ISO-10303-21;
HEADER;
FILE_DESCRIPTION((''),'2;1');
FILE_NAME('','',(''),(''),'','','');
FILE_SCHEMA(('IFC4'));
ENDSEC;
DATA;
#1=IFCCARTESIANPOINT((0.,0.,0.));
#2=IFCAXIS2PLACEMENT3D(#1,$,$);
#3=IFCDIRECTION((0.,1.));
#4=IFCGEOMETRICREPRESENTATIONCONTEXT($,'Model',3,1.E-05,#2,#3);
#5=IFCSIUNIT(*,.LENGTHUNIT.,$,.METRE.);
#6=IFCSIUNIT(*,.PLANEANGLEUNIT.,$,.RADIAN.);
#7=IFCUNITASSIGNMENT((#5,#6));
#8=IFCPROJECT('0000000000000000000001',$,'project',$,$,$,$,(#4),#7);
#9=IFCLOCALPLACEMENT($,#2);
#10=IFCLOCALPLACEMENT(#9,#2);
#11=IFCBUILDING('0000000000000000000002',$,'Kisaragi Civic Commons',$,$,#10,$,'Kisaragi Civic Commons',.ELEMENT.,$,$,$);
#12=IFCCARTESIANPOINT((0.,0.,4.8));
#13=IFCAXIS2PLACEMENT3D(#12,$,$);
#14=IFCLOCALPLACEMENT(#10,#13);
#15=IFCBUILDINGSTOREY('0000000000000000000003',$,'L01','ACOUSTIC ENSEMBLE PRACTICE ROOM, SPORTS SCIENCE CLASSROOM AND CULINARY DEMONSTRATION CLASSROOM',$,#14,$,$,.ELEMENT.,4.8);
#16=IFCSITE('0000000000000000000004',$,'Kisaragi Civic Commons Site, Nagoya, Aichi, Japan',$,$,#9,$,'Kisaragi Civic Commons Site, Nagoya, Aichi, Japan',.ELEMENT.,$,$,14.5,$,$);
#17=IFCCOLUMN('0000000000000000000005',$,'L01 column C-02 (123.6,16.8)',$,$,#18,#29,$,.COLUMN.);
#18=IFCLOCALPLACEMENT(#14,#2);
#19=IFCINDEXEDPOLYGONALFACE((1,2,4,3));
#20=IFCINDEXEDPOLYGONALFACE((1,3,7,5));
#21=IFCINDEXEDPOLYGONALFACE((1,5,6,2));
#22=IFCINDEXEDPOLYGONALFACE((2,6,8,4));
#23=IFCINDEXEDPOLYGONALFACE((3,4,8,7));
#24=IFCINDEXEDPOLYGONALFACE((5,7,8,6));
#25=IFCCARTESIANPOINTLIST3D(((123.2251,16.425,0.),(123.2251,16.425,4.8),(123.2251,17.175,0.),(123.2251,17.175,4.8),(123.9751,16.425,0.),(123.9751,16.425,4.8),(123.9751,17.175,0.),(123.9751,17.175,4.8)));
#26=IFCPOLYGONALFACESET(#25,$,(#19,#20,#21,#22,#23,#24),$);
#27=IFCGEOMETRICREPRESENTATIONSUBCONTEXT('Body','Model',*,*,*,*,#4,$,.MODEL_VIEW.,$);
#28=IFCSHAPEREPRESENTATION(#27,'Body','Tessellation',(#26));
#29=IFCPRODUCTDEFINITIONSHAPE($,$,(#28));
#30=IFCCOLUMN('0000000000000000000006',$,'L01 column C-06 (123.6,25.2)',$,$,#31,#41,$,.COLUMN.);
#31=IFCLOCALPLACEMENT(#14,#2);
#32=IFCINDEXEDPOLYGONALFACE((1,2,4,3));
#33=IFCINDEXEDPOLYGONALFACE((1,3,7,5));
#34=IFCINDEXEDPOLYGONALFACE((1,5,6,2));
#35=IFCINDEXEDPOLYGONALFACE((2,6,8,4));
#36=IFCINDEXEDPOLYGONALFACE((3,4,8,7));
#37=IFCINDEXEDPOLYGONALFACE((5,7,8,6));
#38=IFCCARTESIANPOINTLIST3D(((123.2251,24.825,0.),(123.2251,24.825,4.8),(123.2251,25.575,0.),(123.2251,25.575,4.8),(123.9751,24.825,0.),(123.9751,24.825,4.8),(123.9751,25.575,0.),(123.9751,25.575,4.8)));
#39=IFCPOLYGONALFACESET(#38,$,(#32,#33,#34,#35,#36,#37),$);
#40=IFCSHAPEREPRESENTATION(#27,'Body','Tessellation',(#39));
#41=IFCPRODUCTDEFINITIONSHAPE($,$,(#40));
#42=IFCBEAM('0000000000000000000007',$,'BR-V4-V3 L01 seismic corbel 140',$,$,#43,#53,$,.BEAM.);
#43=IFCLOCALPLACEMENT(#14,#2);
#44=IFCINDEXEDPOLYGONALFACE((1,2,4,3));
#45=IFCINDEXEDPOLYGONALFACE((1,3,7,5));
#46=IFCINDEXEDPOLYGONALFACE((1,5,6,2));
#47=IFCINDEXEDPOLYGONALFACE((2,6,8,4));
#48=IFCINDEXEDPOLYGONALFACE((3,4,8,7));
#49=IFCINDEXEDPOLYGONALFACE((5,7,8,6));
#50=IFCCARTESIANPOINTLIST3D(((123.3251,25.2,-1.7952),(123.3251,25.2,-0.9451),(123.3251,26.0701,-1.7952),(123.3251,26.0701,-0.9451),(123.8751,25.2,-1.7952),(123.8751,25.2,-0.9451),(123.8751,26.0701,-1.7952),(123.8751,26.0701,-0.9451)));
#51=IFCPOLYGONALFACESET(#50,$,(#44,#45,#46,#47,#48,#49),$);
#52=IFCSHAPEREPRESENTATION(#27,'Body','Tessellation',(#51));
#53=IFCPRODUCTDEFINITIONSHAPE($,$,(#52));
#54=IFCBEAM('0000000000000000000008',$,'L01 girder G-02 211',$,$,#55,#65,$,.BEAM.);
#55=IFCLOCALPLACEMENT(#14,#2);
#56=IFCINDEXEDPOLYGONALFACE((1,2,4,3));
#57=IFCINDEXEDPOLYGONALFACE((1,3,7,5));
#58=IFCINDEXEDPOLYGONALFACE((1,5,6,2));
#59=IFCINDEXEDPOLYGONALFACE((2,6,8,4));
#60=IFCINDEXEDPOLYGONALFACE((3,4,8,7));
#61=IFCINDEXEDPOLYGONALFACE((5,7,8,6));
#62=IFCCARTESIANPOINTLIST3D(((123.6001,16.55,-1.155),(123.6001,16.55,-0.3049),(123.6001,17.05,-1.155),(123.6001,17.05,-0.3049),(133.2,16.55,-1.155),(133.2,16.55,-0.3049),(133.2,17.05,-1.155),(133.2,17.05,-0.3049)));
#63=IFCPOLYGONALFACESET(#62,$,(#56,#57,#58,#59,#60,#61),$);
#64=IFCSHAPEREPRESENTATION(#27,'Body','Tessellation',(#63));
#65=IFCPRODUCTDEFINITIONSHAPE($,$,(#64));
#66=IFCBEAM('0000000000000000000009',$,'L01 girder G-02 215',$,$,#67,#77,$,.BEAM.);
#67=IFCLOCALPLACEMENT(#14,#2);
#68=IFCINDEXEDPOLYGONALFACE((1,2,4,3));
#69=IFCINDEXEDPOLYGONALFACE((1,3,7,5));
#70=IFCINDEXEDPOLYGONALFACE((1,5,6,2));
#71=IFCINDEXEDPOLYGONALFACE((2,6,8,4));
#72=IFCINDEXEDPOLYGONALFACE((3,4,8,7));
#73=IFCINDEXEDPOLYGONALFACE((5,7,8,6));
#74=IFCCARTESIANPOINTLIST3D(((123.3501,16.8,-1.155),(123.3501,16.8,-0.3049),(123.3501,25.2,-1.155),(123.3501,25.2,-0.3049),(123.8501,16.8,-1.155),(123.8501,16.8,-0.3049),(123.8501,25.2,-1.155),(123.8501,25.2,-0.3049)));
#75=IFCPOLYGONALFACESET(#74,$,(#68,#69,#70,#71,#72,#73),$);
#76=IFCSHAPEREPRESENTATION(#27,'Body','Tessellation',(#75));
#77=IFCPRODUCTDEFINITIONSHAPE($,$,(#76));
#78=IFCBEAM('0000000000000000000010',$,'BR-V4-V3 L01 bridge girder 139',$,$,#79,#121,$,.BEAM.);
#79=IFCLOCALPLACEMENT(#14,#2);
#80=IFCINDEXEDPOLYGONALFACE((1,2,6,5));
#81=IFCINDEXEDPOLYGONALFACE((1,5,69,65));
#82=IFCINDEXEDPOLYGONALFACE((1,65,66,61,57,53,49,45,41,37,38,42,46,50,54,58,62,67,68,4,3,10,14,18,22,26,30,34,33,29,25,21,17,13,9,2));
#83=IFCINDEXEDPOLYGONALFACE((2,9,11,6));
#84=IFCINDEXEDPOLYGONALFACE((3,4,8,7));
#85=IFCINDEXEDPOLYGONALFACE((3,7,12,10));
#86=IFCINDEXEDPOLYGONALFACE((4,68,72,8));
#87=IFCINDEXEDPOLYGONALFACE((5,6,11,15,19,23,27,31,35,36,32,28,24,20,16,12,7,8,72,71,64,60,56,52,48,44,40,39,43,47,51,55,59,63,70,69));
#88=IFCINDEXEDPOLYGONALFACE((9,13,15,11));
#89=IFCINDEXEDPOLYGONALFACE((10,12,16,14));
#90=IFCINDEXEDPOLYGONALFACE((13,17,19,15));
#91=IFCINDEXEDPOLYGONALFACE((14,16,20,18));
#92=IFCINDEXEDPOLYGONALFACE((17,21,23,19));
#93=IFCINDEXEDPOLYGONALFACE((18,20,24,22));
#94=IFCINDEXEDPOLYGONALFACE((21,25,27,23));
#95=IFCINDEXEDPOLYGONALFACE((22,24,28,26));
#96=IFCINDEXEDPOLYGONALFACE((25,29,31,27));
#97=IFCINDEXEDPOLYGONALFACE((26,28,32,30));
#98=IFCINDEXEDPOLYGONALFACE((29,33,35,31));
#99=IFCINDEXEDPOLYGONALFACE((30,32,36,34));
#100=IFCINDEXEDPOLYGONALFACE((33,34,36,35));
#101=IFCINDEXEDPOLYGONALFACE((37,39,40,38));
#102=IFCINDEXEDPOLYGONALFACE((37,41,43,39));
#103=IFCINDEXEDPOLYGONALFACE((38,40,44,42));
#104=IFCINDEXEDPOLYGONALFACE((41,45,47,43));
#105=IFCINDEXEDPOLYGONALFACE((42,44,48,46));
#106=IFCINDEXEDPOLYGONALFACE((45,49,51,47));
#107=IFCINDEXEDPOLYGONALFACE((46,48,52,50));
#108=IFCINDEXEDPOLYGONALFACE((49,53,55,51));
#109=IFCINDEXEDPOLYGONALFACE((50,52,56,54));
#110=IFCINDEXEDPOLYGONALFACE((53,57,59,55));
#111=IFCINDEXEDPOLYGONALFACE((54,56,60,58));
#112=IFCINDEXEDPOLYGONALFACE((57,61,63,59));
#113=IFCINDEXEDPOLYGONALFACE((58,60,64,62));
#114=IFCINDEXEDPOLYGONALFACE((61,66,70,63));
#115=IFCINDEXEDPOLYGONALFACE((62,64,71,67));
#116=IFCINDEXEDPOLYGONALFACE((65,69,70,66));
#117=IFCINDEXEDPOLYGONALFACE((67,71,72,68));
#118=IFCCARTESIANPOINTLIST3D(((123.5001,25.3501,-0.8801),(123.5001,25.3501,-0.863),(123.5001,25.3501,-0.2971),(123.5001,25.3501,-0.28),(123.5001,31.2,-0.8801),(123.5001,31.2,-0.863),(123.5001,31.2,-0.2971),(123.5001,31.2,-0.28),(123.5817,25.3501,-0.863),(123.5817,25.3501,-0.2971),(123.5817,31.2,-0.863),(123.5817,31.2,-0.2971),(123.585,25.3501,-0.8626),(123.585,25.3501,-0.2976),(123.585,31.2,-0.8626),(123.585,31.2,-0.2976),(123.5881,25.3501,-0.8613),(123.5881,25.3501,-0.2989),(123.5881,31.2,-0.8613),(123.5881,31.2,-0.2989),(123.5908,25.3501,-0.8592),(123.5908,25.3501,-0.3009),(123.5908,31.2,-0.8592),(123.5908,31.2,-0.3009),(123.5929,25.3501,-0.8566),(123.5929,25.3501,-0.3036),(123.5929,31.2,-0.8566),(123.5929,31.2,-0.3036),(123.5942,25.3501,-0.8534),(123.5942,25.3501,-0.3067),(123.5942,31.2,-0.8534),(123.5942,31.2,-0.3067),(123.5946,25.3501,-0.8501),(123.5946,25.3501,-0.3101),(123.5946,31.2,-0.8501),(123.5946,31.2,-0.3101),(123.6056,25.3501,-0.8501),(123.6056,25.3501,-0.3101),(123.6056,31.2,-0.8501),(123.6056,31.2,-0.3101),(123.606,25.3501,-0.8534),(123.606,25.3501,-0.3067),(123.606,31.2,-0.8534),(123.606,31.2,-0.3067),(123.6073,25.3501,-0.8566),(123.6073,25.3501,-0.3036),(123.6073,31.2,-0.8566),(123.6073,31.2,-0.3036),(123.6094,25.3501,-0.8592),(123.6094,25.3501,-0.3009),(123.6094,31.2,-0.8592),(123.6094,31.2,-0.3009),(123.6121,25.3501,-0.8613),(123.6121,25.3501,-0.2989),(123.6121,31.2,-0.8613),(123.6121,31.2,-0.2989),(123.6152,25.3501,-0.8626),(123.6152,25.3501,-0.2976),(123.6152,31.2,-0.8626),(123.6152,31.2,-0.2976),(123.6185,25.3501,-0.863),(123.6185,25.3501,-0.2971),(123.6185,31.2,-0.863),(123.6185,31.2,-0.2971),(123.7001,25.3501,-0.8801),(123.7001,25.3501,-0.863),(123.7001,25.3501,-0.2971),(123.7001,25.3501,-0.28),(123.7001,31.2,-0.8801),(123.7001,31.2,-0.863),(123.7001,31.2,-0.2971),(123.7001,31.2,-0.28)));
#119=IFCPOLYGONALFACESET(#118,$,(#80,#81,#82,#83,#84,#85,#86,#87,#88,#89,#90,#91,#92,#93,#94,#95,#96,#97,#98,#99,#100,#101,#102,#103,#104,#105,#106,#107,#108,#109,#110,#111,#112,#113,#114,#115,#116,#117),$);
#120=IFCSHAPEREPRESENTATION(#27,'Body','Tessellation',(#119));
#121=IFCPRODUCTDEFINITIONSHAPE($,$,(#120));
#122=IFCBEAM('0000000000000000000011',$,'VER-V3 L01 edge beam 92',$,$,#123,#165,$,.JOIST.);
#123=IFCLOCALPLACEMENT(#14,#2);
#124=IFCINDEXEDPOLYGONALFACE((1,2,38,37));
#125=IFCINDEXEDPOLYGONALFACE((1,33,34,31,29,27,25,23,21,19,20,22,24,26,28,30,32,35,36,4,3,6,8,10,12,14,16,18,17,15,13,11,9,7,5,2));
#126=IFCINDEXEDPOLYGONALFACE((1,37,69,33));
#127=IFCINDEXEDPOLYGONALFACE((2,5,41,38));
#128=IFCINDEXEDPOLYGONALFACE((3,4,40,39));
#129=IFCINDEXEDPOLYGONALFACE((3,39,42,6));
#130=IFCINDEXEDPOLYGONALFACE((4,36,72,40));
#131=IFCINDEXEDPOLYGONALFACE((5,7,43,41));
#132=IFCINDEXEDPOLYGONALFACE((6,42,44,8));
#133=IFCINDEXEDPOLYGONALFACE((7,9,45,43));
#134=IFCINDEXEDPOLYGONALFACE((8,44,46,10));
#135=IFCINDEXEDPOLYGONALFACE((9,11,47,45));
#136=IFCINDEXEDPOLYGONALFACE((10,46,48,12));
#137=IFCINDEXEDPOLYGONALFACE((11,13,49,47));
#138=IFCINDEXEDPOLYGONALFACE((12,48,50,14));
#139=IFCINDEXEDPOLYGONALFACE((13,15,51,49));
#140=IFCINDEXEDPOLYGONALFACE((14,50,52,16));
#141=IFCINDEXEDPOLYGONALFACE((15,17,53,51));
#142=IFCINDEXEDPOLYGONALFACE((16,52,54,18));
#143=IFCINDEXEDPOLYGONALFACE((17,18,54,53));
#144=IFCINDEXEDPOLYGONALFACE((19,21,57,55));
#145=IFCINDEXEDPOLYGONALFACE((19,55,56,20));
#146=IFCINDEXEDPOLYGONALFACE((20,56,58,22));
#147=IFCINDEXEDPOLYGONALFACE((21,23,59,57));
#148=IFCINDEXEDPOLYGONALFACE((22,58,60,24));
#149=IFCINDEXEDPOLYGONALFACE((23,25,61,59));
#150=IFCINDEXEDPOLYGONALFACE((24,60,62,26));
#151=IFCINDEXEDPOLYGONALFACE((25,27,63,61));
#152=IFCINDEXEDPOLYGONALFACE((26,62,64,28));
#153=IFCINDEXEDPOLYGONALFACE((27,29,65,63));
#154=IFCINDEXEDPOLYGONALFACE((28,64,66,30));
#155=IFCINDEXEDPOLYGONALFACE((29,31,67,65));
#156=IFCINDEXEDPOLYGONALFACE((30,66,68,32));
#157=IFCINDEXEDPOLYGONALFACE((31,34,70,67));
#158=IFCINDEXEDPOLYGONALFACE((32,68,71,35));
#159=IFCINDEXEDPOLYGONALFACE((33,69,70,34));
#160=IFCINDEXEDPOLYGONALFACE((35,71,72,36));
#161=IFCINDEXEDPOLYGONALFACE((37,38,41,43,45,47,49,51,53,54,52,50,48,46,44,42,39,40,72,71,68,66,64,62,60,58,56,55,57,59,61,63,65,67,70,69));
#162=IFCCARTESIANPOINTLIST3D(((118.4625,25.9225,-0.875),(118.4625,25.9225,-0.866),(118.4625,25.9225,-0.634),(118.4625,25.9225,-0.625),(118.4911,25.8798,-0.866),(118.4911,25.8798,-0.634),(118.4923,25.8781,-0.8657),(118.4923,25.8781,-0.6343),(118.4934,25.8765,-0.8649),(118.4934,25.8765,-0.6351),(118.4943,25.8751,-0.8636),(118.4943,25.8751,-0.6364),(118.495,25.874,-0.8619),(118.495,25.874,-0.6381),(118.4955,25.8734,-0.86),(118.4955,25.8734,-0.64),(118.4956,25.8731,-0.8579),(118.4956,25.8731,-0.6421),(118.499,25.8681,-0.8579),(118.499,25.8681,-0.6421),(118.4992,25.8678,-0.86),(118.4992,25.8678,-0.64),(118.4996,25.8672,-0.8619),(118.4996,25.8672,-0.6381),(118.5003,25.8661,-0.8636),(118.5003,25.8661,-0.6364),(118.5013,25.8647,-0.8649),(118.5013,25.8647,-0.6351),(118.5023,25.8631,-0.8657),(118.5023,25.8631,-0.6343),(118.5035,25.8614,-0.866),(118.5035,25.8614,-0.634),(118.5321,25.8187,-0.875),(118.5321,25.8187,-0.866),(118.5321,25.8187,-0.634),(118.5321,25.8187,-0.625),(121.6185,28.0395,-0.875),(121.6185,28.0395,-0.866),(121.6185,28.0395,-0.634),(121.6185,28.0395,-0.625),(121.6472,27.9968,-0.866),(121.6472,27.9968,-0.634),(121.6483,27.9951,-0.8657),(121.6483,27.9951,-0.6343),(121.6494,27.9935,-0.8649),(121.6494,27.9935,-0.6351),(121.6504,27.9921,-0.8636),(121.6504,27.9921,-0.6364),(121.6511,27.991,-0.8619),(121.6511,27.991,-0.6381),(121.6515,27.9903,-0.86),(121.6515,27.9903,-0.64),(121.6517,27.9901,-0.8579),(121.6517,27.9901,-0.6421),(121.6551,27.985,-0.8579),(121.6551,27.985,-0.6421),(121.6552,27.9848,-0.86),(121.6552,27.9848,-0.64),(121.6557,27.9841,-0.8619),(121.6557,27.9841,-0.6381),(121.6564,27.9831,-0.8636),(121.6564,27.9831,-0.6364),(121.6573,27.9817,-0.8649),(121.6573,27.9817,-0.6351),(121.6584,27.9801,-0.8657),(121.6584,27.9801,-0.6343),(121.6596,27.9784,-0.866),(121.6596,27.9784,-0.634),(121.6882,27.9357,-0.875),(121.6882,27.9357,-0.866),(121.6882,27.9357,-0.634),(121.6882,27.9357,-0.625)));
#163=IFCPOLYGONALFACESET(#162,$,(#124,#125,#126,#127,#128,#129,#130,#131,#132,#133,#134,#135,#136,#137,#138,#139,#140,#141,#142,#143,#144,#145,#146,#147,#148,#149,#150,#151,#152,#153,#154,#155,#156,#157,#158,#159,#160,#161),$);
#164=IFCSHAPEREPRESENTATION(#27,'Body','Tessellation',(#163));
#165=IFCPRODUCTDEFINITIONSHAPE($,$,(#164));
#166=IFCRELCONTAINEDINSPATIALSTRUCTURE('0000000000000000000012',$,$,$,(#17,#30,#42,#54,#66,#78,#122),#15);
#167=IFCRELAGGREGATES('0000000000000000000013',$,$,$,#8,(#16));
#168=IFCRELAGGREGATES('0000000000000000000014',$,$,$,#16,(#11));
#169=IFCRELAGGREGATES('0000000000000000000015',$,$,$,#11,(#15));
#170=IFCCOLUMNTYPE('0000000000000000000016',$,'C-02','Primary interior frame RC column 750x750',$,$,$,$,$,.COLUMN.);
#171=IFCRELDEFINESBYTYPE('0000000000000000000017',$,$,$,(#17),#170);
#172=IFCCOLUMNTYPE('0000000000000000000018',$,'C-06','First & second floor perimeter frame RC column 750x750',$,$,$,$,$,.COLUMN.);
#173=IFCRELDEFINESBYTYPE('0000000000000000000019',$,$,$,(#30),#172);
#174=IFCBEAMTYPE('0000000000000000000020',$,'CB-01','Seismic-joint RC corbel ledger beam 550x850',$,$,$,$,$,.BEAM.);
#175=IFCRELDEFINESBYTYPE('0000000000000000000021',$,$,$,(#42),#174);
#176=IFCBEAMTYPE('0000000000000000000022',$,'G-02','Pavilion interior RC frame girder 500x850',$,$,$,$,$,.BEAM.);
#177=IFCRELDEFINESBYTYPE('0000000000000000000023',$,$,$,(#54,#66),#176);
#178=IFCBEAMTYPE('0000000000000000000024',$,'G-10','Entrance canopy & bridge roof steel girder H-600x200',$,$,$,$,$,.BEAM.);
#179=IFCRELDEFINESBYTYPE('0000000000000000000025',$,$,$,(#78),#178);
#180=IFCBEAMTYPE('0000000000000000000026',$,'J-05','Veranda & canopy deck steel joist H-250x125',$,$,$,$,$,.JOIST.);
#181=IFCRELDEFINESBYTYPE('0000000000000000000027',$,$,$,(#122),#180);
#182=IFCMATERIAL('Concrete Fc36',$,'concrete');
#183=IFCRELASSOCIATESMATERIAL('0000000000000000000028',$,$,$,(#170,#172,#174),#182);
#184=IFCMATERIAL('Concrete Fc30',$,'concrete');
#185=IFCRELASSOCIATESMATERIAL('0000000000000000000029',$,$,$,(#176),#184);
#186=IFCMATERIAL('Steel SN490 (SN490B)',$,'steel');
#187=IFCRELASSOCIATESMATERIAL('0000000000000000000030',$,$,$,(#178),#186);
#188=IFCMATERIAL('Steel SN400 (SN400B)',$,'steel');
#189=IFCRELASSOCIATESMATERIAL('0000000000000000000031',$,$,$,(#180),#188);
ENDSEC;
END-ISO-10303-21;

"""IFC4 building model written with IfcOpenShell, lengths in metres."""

from ifc_helpers import new_model, si_unit, direction, frame, origin, origin_2d, place, context, subcontext, project, spatial, rectangle, i_section, extrude, material, material_profile, profile_set, type_object, element, save


model = new_model("IFC4")

# Units and contexts
model_context = context("Model", 3, precision=1e-05, world=origin(), true_north=direction((0.0, 1.0)))
body_context = subcontext(model_context, "Body", "Model", "MODEL_VIEW")
ifc_project = project(units=[si_unit("LENGTHUNIT", "METRE"), si_unit("PLANEANGLEUNIT", "RADIAN")], contexts=[model_context])

# Site, building, storey
site_placement = place(None, origin())
site = spatial("IfcSite", under=ifc_project, at=site_placement, Name="Kisaragi Civic Commons Site, Nagoya, Aichi, Japan", LongName="Kisaragi Civic Commons Site, Nagoya, Aichi, Japan", CompositionType="ELEMENT", RefElevation=14.5)
building_placement = place(site_placement, origin())
building = spatial("IfcBuilding", under=site, at=building_placement, Name="Kisaragi Civic Commons", LongName="Kisaragi Civic Commons", CompositionType="ELEMENT")
storey_placement = place(building_placement, frame((0.0, 0.0, 4.8)))
storey = spatial("IfcBuildingStorey", under=building, at=storey_placement, Name="L01", Description="ACOUSTIC ENSEMBLE PRACTICE ROOM, SPORTS SCIENCE CLASSROOM AND CULINARY DEMONSTRATION CLASSROOM", CompositionType="ELEMENT", Elevation=4.8)

# Columns
ifc_material_1 = material(Name="Concrete Fc36", Category="concrete")
ifc_material_profile_1 = material_profile(ifc_material_1, rectangle(XDim=0.75, YDim=0.75, at=origin_2d()), Name="RC-750x750", Category="concrete")
ifc_profile_set_1 = profile_set([ifc_material_profile_1], Name="Concrete Fc36")
column_type_1 = type_object("IfcColumnType", Name="C-02", Description="Primary interior frame RC column 750x750", PredefinedType="COLUMN", material=ifc_profile_set_1)
column_1_placement = place(storey_placement, frame((123.6001, 16.8, 0.0), z_axis=(0.0, 0.0, 1.0), x_axis=(1.0, 0.0, 0.0)))
element("IfcColumn", 1, at=column_1_placement, inside=storey, type_object=column_type_1, Name="L01 column C-02 (123.6,16.8)", PredefinedType="COLUMN", context=body_context, shape_type="SweptSolid", body=[
    extrude(rectangle(XDim=0.75, YDim=0.75, at=origin_2d()), origin(), (0.0, 0.0, 1.0), 4.8),
])
ifc_material_profile_2 = material_profile(ifc_material_1, rectangle(XDim=0.75, YDim=0.75, at=origin_2d()), Name="RC-750x750", Category="concrete")
ifc_profile_set_2 = profile_set([ifc_material_profile_2], Name="Concrete Fc36")
column_type_2 = type_object("IfcColumnType", Name="C-06", Description="First & second floor perimeter frame RC column 750x750", PredefinedType="COLUMN", material=ifc_profile_set_2)
column_2_placement = place(storey_placement, frame((123.6001, 25.2, 0.0), z_axis=(0.0, 0.0, 1.0), x_axis=(1.0, 0.0, 0.0)))
element("IfcColumn", 2, at=column_2_placement, inside=storey, type_object=column_type_2, Name="L01 column C-06 (123.6,25.2)", PredefinedType="COLUMN", context=body_context, shape_type="SweptSolid", body=[
    extrude(rectangle(XDim=0.75, YDim=0.75, at=origin_2d()), origin(), (0.0, 0.0, 1.0), 4.8),
])

# Beams
ifc_material_profile_3 = material_profile(ifc_material_1, rectangle(XDim=0.55, YDim=0.8501, at=origin_2d()), Name="RC-550x850", Category="concrete")
ifc_profile_set_3 = profile_set([ifc_material_profile_3], Name="Concrete Fc36")
beam_type_1 = type_object("IfcBeamType", Name="CB-01", Description="Seismic-joint RC corbel ledger beam 550x850", PredefinedType="BEAM", material=ifc_profile_set_3)
beam_1_placement = place(storey_placement, frame((123.6001, 25.2, -1.3701), z_axis=(0.0, 1.0, 0.0), x_axis=(-1.0, 0.0, 0.0)))
element("IfcBeam", 3, at=beam_1_placement, inside=storey, type_object=beam_type_1, Name="BR-V4-V3 L01 seismic corbel 140", PredefinedType="BEAM", context=body_context, shape_type="SweptSolid", body=[
    extrude(rectangle(XDim=0.55, YDim=0.8501, at=origin_2d()), origin(), (0.0, 0.0, 1.0), 0.8701),
])
ifc_material_2 = material(Name="Concrete Fc30", Category="concrete")
ifc_material_profile_4 = material_profile(ifc_material_2, rectangle(XDim=0.5, YDim=0.8501, at=origin_2d()), Name="RC-500x850", Category="concrete")
ifc_profile_set_4 = profile_set([ifc_material_profile_4], Name="Concrete Fc30")
beam_type_2 = type_object("IfcBeamType", Name="G-02", Description="Pavilion interior RC frame girder 500x850", PredefinedType="BEAM", material=ifc_profile_set_4)
beam_2_placement = place(storey_placement, frame((123.6001, 16.8, -0.73), z_axis=(1.0, 0.0, 0.0), x_axis=(0.0, 1.0, 0.0)))
element("IfcBeam", 4, at=beam_2_placement, inside=storey, type_object=beam_type_2, Name="L01 girder G-02 211", PredefinedType="BEAM", context=body_context, shape_type="SweptSolid", body=[
    extrude(rectangle(XDim=0.5, YDim=0.8501, at=origin_2d()), origin(), (0.0, 0.0, 1.0), 9.5999),
])
beam_3_placement = place(storey_placement, frame((123.6001, 16.8, -0.73), z_axis=(0.0, 1.0, 0.0), x_axis=(-1.0, 0.0, 0.0)))
element("IfcBeam", 5, at=beam_3_placement, inside=storey, type_object=beam_type_2, Name="L01 girder G-02 215", PredefinedType="BEAM", context=body_context, shape_type="SweptSolid", body=[
    extrude(rectangle(XDim=0.5, YDim=0.8501, at=origin_2d()), origin(), (0.0, 0.0, 1.0), 8.3999),
])
ifc_material_3 = material(Name="Steel SN490 (SN490B)", Category="steel")
ifc_material_profile_5 = material_profile(ifc_material_3, i_section(OverallWidth=0.2, OverallDepth=0.6001, WebThickness=0.011, FlangeThickness=0.0171, FilletRadius=0.0129, at=origin_2d()), Name="H-600x200x11x17", Category="steel")
ifc_profile_set_5 = profile_set([ifc_material_profile_5], Name="Steel SN490 (SN490B)")
beam_type_3 = type_object("IfcBeamType", Name="G-10", Description="Entrance canopy & bridge roof steel girder H-600x200", PredefinedType="BEAM", material=ifc_profile_set_5)
beam_4_placement = place(storey_placement, frame((123.6001, 31.2, -0.5801), z_axis=(0.0, -1.0, 0.0), x_axis=(1.0, 0.0, 0.0)))
element("IfcBeam", 6, at=beam_4_placement, inside=storey, type_object=beam_type_3, Name="BR-V4-V3 L01 bridge girder 139", PredefinedType="BEAM", context=body_context, shape_type="SweptSolid", body=[
    extrude(i_section(OverallWidth=0.2, OverallDepth=0.6001, WebThickness=0.011, FlangeThickness=0.0171, FilletRadius=0.0129, at=origin_2d()), origin(), (0.0, 0.0, 1.0), 5.8499),
])
ifc_material_4 = material(Name="Steel SN400 (SN400B)", Category="steel")
ifc_material_profile_6 = material_profile(ifc_material_4, i_section(OverallWidth=0.125, OverallDepth=0.25, WebThickness=0.0061, FlangeThickness=0.009, FilletRadius=0.0081, at=origin_2d()), Name="H-250x125x6x9", Category="steel")
ifc_profile_set_6 = profile_set([ifc_material_profile_6], Name="Steel SN400 (SN400B)")
beam_type_4 = type_object("IfcBeamType", Name="J-05", Description="Veranda & canopy deck steel joist H-250x125", PredefinedType="JOIST", material=ifc_profile_set_6)
beam_5_placement = place(storey_placement, frame((118.4973, 25.8706, -0.75), z_axis=(0.830475, 0.557055, 0.0), x_axis=(-0.557055, 0.830475, 0.0)))
element("IfcBeam", 7, at=beam_5_placement, inside=storey, type_object=beam_type_4, Name="VER-V3 L01 edge beam 92", PredefinedType="JOIST", context=body_context, shape_type="SweptSolid", body=[
    extrude(i_section(OverallWidth=0.125, OverallDepth=0.25, WebThickness=0.0061, FlangeThickness=0.009, FilletRadius=0.0081, at=origin_2d()), origin(), (0.0, 0.0, 1.0), 3.8003),
])

save(model, "model.ifc")
